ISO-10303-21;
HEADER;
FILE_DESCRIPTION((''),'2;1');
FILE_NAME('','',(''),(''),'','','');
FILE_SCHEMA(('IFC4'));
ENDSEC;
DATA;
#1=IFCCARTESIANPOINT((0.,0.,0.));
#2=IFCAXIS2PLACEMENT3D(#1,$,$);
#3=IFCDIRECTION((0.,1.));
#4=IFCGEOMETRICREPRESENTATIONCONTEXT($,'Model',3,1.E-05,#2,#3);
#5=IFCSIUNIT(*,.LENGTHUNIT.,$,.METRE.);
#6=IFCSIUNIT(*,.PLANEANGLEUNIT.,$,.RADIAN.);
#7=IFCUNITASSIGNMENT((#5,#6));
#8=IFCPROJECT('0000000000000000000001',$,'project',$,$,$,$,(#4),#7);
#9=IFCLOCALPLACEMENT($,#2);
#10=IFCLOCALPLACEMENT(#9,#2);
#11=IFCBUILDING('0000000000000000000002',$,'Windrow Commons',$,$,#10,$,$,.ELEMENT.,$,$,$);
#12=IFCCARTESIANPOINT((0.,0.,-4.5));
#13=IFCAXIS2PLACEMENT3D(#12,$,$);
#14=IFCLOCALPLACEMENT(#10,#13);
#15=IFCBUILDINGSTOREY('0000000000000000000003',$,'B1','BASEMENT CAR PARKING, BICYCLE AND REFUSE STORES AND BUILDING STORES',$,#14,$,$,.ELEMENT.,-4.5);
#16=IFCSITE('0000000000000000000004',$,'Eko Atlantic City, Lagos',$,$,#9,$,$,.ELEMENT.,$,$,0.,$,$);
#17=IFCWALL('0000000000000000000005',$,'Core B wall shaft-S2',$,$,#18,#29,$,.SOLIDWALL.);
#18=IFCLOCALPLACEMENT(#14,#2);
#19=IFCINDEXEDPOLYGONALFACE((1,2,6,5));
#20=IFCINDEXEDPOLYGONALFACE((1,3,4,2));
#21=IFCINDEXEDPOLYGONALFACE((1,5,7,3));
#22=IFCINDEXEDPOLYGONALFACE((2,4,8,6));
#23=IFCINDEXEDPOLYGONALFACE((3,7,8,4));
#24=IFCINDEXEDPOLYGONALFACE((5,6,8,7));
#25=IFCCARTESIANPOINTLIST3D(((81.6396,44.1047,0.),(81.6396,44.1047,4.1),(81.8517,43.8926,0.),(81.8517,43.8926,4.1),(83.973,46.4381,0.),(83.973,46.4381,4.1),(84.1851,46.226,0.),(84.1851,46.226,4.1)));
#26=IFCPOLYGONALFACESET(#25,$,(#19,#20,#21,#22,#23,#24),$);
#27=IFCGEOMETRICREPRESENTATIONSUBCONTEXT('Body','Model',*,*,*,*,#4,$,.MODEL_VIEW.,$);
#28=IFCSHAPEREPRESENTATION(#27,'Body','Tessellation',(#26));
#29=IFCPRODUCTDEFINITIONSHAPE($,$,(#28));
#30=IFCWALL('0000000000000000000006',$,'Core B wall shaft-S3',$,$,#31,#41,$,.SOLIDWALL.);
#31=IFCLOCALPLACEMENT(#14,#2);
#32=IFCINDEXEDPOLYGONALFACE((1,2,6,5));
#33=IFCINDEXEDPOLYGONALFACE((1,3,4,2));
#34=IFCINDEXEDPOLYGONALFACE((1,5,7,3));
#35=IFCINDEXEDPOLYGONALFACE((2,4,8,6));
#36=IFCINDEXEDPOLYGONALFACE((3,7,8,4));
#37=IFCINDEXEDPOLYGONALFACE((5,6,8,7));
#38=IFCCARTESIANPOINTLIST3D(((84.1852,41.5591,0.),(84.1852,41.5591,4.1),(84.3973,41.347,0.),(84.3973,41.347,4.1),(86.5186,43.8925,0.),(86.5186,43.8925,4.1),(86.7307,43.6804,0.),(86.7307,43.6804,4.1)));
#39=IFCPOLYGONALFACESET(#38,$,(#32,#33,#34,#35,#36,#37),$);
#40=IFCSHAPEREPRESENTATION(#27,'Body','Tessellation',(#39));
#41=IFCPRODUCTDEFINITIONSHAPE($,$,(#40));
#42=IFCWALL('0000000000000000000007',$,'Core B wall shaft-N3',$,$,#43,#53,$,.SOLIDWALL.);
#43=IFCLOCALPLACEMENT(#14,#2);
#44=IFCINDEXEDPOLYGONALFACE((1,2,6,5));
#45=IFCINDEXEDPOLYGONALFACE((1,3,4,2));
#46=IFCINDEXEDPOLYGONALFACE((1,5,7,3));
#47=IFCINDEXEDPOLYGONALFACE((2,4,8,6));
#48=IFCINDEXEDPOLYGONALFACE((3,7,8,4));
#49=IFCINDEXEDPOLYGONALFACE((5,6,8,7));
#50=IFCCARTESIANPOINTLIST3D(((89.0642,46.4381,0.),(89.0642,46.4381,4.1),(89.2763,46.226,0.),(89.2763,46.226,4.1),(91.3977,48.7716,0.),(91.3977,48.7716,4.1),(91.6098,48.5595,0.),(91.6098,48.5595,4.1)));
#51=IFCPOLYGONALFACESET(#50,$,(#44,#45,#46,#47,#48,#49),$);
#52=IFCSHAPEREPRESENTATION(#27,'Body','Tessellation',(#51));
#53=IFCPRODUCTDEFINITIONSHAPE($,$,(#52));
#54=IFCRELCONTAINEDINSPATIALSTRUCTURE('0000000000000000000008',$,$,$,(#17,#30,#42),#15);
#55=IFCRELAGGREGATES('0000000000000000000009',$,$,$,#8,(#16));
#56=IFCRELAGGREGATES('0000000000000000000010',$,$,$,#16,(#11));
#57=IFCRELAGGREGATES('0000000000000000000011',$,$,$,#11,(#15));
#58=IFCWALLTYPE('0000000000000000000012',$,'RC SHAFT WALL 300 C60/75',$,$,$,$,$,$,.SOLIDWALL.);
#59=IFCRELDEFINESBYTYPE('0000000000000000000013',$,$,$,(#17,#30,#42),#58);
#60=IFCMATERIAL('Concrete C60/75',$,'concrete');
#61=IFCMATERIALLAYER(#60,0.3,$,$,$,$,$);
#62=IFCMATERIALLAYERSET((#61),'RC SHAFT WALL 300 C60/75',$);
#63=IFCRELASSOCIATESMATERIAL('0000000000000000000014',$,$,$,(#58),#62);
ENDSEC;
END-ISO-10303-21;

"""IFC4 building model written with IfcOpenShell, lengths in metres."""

from ifc_helpers import new_model, si_unit, direction, frame, frame_2d, origin, place, context, subcontext, project, spatial, rectangle, extrude, material, layer, layer_set, type_object, element, save


model = new_model("IFC4")

# Units and contexts
model_context = context("Model", 3, precision=1e-05, world=origin(), true_north=direction((0.0, 1.0)))
body_context = subcontext(model_context, "Body", "Model", "MODEL_VIEW")
ifc_project = project(units=[si_unit("LENGTHUNIT", "METRE"), si_unit("PLANEANGLEUNIT", "RADIAN")], contexts=[model_context])

# Site, building, storey
site_placement = place(None, origin())
site = spatial("IfcSite", under=ifc_project, at=site_placement, Name="Eko Atlantic City, Lagos", CompositionType="ELEMENT", RefElevation=0.0)
building_placement = place(site_placement, origin())
building = spatial("IfcBuilding", under=site, at=building_placement, Name="Windrow Commons", CompositionType="ELEMENT")
storey_placement = place(building_placement, frame((0.0, 0.0, -4.5)))
storey = spatial("IfcBuildingStorey", under=building, at=storey_placement, Name="B1", Description="BASEMENT CAR PARKING, BICYCLE AND REFUSE STORES AND BUILDING STORES", CompositionType="ELEMENT", Elevation=-4.5)

# Walls
ifc_material_1 = material(Name="Concrete C60/75", Category="concrete")
ifc_layer_1 = layer(ifc_material_1, 0.3)
ifc_layer_set_1 = layer_set([ifc_layer_1], Name="RC SHAFT WALL 300 C60/75")
wall_type_1 = type_object("IfcWallType", Name="RC SHAFT WALL 300 C60/75", PredefinedType="SOLIDWALL", material=ifc_layer_set_1)
for number, where, z_axis, x_axis, name in (
    (1, (81.7456, 43.9986, 0.0), (0.0, 0.0, 1.0), (0.707107, 0.707107, 0.0), "Core B wall shaft-S2"),
    (2, (84.2912, 41.453, 0.0), (0.0, 0.0, 1.0), (0.707107, 0.707107, 0.0), "Core B wall shaft-S3"),
):
    element("IfcWall", number, at=place(storey_placement, frame(where, z_axis=z_axis, x_axis=x_axis)), inside=storey, type_object=wall_type_1, Name=name, PredefinedType="SOLIDWALL", context=body_context, shape_type="SweptSolid", body=[
        extrude(rectangle(XDim=3.2999, YDim=0.3, at=frame_2d((1.65, 0.0))), origin(), (0.0, 0.0, 1.0), 4.1),
    ])
wall_1_placement = place(storey_placement, frame((89.1702, 46.332, 0.0), z_axis=(0.0, 0.0, 1.0), x_axis=(0.707107, 0.707107, 0.0)))
element("IfcWall", 3, at=wall_1_placement, inside=storey, type_object=wall_type_1, Name="Core B wall shaft-N3", PredefinedType="SOLIDWALL", context=body_context, shape_type="SweptSolid", body=[
    extrude(rectangle(XDim=3.3001, YDim=0.3, at=frame_2d((1.6501, 0.0))), origin(), (0.0, 0.0, 1.0), 4.1),
])

save(model, "model.ifc")
